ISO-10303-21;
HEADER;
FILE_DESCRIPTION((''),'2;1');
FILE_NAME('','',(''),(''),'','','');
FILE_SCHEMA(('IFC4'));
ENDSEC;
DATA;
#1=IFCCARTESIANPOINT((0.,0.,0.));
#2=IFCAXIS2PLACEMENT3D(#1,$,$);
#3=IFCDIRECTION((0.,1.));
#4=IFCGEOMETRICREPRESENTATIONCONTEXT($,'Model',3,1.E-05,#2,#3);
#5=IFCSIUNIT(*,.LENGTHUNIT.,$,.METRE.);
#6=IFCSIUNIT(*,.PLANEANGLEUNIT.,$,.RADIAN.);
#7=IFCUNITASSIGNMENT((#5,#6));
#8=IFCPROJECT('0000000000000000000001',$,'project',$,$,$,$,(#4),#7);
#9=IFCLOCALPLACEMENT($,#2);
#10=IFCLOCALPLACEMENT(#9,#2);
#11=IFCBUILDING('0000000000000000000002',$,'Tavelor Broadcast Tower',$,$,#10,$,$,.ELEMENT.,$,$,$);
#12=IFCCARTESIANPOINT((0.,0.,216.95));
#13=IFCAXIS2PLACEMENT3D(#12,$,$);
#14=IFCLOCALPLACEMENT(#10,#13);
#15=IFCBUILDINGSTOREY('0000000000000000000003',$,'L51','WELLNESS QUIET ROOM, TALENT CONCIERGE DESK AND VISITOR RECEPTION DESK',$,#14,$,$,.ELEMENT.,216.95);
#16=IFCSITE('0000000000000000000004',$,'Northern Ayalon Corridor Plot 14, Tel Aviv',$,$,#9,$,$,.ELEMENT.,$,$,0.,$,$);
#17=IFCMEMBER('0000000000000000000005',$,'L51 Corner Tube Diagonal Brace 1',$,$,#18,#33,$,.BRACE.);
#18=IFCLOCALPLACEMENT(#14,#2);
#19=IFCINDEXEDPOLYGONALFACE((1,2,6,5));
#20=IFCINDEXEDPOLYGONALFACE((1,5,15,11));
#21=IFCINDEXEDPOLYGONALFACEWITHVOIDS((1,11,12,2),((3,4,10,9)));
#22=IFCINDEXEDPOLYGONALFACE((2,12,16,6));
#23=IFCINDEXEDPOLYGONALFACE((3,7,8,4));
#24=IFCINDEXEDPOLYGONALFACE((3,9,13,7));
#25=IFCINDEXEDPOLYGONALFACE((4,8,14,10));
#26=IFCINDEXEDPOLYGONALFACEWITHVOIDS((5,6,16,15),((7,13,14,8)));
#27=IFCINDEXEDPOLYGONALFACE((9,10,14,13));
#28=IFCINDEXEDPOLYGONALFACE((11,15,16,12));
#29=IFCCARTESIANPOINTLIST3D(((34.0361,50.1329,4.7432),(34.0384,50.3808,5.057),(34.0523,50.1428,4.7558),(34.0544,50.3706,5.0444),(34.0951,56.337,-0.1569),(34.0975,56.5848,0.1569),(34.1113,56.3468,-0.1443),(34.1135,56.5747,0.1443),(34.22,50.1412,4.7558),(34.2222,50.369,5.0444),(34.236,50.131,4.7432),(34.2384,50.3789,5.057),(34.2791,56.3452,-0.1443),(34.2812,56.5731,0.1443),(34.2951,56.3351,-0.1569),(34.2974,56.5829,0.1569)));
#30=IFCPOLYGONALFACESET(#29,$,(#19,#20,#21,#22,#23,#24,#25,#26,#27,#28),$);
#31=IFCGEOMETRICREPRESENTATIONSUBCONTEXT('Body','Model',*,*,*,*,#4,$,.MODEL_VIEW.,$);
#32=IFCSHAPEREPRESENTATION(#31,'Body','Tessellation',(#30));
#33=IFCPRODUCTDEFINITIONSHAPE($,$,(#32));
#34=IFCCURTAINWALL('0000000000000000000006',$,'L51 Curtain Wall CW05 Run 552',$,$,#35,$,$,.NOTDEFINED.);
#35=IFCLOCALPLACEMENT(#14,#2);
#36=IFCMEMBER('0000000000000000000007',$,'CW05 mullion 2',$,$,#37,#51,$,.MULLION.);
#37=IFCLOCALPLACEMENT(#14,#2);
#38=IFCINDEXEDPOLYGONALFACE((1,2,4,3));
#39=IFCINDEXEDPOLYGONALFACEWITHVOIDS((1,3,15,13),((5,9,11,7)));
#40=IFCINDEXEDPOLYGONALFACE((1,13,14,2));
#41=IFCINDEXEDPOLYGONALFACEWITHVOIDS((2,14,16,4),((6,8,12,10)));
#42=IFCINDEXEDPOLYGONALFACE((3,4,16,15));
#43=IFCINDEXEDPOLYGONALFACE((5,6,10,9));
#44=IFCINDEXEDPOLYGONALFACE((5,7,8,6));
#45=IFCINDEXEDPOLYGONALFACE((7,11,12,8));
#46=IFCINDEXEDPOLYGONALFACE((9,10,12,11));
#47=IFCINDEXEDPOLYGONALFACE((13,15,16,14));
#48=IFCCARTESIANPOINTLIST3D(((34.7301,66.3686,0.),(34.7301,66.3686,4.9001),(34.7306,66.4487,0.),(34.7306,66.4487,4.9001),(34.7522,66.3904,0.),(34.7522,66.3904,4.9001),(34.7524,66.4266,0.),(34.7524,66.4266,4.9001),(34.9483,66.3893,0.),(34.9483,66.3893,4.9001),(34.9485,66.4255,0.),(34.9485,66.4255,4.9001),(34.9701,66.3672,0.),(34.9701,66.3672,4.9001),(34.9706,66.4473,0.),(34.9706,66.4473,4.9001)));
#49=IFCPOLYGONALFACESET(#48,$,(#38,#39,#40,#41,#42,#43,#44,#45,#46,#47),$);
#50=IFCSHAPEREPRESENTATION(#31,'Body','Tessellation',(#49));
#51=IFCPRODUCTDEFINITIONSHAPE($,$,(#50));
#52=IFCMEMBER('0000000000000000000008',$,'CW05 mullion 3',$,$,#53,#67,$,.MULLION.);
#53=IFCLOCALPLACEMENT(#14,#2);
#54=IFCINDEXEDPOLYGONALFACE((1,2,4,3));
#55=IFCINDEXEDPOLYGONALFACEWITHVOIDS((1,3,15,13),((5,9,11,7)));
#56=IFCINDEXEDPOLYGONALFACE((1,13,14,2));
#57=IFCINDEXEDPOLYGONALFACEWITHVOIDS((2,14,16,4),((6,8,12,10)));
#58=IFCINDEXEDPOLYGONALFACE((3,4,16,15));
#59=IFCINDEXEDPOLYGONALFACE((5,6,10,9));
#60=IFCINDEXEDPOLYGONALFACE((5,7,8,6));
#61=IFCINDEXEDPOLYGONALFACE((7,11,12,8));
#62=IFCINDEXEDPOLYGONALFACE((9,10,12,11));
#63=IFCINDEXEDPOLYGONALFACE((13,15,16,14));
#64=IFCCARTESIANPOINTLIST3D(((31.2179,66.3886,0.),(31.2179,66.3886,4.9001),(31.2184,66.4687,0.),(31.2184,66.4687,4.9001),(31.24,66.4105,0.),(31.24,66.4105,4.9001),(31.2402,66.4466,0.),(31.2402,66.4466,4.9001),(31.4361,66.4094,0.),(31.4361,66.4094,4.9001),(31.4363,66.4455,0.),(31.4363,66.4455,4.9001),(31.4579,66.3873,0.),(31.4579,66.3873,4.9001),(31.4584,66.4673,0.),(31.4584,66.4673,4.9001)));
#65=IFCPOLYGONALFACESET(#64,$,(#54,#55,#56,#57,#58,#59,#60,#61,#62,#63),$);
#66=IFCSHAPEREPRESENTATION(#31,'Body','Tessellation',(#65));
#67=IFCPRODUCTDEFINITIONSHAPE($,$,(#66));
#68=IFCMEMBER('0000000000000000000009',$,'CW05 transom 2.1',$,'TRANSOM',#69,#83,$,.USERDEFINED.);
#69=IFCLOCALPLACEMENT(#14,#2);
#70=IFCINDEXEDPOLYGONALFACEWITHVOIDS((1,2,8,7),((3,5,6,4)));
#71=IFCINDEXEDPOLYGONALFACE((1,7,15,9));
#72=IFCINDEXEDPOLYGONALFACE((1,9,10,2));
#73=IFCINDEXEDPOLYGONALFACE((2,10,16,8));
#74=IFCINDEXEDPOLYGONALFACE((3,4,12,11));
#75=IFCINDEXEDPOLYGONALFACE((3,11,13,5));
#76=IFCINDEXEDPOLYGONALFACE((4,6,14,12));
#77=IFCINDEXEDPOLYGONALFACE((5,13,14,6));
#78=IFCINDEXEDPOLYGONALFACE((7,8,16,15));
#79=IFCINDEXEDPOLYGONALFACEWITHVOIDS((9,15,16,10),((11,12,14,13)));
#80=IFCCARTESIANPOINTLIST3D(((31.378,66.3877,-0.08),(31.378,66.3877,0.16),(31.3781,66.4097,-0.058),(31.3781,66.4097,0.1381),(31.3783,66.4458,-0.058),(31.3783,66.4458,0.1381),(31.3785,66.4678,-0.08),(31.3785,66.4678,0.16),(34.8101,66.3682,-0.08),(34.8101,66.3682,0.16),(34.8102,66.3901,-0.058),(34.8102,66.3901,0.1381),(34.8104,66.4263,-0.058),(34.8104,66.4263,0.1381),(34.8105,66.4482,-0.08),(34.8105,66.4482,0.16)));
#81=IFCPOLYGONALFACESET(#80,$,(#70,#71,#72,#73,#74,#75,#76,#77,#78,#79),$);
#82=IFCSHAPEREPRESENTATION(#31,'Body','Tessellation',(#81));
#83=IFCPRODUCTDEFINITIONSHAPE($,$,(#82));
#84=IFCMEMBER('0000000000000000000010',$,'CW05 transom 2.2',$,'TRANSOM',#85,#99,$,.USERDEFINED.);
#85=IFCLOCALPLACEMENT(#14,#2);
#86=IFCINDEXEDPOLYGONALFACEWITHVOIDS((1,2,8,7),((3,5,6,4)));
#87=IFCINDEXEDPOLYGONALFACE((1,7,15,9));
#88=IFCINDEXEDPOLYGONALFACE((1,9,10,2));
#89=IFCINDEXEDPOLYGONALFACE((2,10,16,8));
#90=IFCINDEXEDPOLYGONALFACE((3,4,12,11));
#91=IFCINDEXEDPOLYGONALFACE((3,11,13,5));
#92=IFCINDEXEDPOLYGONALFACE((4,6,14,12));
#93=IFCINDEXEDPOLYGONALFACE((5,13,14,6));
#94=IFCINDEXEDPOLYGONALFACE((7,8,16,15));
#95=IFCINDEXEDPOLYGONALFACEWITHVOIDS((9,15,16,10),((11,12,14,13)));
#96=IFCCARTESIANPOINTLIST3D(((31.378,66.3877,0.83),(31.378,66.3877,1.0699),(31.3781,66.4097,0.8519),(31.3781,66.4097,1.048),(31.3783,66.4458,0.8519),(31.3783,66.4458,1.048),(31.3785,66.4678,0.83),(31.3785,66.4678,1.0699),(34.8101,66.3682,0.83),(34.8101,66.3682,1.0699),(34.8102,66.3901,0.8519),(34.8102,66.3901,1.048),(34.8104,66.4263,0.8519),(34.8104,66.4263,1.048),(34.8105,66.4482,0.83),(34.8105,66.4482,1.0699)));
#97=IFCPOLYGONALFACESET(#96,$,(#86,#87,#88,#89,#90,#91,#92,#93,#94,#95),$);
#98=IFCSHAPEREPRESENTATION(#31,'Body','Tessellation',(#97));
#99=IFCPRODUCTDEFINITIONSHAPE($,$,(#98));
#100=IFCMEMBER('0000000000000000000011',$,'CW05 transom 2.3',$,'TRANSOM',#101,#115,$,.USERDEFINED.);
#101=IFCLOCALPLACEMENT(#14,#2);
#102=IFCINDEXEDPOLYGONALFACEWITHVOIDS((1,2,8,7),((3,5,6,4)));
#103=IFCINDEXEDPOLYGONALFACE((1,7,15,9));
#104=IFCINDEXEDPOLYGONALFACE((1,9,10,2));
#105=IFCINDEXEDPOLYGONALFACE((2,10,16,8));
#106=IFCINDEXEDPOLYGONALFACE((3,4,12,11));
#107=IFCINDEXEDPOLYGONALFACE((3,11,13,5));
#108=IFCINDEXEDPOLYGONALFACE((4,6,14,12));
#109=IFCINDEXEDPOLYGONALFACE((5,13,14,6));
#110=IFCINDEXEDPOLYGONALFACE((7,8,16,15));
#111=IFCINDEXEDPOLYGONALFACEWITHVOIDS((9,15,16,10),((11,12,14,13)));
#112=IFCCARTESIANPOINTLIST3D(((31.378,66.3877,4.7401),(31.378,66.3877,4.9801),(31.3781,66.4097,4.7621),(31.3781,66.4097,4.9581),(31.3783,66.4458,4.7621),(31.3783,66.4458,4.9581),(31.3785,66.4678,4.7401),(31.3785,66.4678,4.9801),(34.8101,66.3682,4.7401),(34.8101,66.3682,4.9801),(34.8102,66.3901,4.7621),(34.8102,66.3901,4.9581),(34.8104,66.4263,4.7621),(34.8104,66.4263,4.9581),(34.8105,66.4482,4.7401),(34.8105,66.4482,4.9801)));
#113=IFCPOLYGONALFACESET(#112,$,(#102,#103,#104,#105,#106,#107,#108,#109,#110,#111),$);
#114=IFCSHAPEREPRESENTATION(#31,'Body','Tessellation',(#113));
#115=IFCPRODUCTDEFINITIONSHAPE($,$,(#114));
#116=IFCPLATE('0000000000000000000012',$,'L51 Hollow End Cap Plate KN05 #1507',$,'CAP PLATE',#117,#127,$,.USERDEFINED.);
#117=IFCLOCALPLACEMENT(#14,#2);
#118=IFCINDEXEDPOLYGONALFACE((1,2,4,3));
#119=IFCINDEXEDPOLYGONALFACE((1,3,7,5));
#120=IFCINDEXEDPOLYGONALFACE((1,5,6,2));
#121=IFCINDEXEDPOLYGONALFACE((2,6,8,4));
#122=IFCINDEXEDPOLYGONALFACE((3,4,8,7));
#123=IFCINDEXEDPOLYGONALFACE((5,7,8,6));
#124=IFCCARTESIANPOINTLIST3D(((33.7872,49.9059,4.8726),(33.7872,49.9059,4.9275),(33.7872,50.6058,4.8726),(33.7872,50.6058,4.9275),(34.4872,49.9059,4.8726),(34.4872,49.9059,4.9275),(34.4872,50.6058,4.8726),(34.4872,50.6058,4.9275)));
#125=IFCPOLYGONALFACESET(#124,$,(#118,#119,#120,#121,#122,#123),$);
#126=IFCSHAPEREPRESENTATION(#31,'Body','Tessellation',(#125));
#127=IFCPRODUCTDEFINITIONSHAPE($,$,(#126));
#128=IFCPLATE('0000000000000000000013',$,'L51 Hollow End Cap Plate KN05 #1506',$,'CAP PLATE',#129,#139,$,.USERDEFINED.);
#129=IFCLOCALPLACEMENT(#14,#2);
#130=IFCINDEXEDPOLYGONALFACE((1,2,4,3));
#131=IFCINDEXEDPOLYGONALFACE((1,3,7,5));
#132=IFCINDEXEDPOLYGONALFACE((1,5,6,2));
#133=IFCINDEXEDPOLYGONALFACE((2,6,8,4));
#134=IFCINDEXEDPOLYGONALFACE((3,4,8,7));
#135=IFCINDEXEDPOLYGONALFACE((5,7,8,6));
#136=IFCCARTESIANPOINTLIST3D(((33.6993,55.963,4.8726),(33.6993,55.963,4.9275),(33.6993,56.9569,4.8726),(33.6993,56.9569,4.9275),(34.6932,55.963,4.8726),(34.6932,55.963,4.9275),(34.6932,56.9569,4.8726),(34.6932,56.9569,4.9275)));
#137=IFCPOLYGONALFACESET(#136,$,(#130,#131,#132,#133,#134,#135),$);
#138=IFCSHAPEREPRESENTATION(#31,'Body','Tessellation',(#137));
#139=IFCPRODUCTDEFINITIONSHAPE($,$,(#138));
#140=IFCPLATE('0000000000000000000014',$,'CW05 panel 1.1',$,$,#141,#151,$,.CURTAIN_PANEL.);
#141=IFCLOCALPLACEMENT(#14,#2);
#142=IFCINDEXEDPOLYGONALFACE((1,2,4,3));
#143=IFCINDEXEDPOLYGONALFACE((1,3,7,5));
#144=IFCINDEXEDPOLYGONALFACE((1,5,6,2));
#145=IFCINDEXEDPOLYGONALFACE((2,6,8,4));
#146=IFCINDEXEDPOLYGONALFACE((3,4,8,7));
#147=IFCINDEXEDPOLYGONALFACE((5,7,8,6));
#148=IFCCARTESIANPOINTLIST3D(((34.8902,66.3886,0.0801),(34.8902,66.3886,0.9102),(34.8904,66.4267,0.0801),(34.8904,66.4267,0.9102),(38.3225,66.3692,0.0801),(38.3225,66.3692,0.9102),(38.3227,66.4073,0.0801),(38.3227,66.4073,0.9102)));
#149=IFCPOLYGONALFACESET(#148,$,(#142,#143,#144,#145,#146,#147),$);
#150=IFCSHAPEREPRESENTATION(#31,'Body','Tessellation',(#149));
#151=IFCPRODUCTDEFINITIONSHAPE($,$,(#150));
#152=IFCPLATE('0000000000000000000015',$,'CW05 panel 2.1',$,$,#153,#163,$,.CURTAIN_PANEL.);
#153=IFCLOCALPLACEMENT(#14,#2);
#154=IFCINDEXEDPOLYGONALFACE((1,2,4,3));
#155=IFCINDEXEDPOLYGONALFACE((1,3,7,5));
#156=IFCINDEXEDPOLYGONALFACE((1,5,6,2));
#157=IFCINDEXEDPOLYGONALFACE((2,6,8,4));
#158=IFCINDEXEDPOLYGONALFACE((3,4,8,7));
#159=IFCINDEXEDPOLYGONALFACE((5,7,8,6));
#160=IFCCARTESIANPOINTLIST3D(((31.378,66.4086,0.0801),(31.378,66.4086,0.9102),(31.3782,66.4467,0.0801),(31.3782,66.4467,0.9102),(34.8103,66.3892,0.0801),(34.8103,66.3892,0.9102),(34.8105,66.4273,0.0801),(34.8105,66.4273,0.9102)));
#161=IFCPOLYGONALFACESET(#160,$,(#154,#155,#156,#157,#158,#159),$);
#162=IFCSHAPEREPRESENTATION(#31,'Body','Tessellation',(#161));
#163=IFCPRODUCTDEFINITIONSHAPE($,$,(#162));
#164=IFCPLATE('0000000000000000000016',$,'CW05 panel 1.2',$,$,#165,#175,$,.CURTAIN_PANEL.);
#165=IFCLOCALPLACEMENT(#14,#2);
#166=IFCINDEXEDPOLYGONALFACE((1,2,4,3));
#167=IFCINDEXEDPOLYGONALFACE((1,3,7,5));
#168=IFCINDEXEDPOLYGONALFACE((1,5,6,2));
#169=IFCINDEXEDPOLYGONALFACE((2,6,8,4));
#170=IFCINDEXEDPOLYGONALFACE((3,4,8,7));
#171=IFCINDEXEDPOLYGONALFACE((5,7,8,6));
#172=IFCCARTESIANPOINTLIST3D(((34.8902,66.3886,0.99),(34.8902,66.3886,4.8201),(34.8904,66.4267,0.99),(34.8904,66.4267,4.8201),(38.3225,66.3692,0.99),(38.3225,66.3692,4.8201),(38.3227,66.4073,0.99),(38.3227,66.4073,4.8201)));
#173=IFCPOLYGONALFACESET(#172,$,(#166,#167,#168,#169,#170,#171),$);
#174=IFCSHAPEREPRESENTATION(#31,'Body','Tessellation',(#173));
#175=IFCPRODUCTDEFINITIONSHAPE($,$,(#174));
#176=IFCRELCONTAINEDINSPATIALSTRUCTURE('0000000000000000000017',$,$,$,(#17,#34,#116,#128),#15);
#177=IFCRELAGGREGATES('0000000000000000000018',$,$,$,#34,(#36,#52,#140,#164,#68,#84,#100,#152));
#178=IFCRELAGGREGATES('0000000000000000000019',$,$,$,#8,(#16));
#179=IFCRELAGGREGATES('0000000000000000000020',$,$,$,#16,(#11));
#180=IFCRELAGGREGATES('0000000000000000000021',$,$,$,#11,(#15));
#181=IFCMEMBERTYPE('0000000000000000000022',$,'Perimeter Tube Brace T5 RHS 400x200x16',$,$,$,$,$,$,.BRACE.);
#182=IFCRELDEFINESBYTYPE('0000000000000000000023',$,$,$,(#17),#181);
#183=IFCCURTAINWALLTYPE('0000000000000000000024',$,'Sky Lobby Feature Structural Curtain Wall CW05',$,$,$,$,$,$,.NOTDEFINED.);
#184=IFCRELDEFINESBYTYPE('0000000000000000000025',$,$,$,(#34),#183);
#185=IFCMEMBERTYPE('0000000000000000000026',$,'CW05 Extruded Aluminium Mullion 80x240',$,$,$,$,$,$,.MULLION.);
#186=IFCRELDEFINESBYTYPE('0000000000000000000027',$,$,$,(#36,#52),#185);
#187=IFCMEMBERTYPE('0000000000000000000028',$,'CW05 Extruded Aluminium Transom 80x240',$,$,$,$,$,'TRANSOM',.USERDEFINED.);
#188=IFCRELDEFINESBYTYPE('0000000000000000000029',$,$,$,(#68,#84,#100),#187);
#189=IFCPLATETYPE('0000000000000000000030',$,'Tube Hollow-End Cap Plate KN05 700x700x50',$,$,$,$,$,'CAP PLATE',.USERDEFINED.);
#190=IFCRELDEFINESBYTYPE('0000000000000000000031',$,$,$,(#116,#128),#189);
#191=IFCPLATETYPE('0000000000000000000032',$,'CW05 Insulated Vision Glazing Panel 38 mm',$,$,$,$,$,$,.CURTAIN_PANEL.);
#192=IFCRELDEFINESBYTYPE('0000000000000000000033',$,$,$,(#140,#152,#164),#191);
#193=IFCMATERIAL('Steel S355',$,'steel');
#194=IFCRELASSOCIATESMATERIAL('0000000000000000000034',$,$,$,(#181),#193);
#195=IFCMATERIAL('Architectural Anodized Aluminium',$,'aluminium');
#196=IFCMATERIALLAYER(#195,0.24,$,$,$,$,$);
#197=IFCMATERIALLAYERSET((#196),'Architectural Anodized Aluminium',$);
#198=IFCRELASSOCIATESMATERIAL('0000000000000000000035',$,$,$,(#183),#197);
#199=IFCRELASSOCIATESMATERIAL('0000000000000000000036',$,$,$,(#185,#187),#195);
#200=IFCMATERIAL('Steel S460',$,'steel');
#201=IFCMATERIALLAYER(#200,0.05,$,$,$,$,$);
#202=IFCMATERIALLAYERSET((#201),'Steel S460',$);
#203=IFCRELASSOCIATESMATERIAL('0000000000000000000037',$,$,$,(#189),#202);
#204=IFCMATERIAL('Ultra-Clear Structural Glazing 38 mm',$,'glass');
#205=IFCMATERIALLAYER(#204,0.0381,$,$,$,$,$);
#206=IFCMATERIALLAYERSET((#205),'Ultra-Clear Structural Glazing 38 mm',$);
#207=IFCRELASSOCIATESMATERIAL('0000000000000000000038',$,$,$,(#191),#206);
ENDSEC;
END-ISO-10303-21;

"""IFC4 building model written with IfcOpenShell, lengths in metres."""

from ifc_helpers import new_model, si_unit, direction, frame, origin, origin_2d, place, context, subcontext, project, spatial, rectangle, hollow_rectangle, extrude, source, transform, mapped, material, layer, layer_set, material_profile, profile_set, type_object, type_shapes, element, aggregate, save


model = new_model("IFC4")

# Units and contexts
model_context = context("Model", 3, precision=1e-05, world=origin(), true_north=direction((0.0, 1.0)))
body_context = subcontext(model_context, "Body", "Model", "MODEL_VIEW")
ifc_project = project(units=[si_unit("LENGTHUNIT", "METRE"), si_unit("PLANEANGLEUNIT", "RADIAN")], contexts=[model_context])

# Site, building, storey
site_placement = place(None, origin())
site = spatial("IfcSite", under=ifc_project, at=site_placement, Name="Northern Ayalon Corridor Plot 14, Tel Aviv", CompositionType="ELEMENT", RefElevation=0.0)
building_placement = place(site_placement, origin())
building = spatial("IfcBuilding", under=site, at=building_placement, Name="Tavelor Broadcast Tower", CompositionType="ELEMENT")
storey_placement = place(building_placement, frame((0.0, 0.0, 216.95)))
storey = spatial("IfcBuildingStorey", under=building, at=storey_placement, Name="L51", Description="WELLNESS QUIET ROOM, TALENT CONCIERGE DESK AND VISITOR RECEPTION DESK", CompositionType="ELEMENT", Elevation=216.95)

# Shared definitions
ifc_material_1 = material(Name="Steel S460", Category="steel")

# Shared definitions
ifc_material_2 = material(Name="Steel S355", Category="steel")

# Member
ifc_material_profile_1 = material_profile(ifc_material_2, hollow_rectangle(XDim=0.2, YDim=0.3999, WallThickness=0.0161, at=origin_2d()), Name="RHS 400x200x16")
ifc_profile_set_1 = profile_set([ifc_material_profile_1], Name="Steel S355")
member_type_1 = type_object("IfcMemberType", Name="Perimeter Tube Brace T5 RHS 400x200x16", PredefinedType="BRACE", material=ifc_profile_set_1)
member_1_placement = place(storey_placement, frame((34.1963, 56.46, 0.0), z_axis=(-0.007473, -0.784727, 0.619796), x_axis=(0.999955, -0.009523, 0.0)))
element("IfcMember", 1, at=member_1_placement, inside=storey, type_object=member_type_1, Name="L51 Corner Tube Diagonal Brace 1", PredefinedType="BRACE", context=body_context, shape_type="SweptSolid", body=[
    extrude(hollow_rectangle(XDim=0.2, YDim=0.3999, WallThickness=0.0161, at=origin_2d()), origin(), (0.0, 0.0, 1.0), 7.906),
])

# Curtain wall, members
ifc_material_3 = material(Name="Architectural Anodized Aluminium", Category="aluminium")
ifc_layer_1 = layer(ifc_material_3, 0.24)
ifc_layer_set_1 = layer_set([ifc_layer_1], Name="Architectural Anodized Aluminium")
curtain_wall_type = type_object("IfcCurtainWallType", Name="Sky Lobby Feature Structural Curtain Wall CW05", PredefinedType="NOTDEFINED", material=ifc_layer_set_1)
curtain_wall_placement = place(storey_placement, origin())
curtain_wall = element("IfcCurtainWall", 2, at=curtain_wall_placement, inside=storey, type_object=curtain_wall_type, Name="L51 Curtain Wall CW05 Run 552", PredefinedType="NOTDEFINED")
ifc_material_profile_2 = material_profile(ifc_material_3, hollow_rectangle(XDim=0.0801, YDim=0.24, WallThickness=0.022, at=origin_2d()), Name="RHS 80x240x22")
ifc_profile_set_2 = profile_set([ifc_material_profile_2], Name="Architectural Anodized Aluminium")
member_type_2 = type_object("IfcMemberType", Name="CW05 Extruded Aluminium Mullion 80x240", PredefinedType="MULLION", material=ifc_profile_set_2)
shared_shape_1 = source(origin(), body_context, "Body", "SweptSolid", [
    extrude(hollow_rectangle(XDim=0.0801, YDim=0.24, WallThickness=0.022, at=origin_2d()), origin(), (0.0, 0.0, 1.0), 4.9001),
])
type_shapes(member_type_2, [shared_shape_1])
member_2_placement = place(storey_placement, frame((34.8503, 66.408, 0.0), z_axis=(0.0, 0.0, 1.0), x_axis=(-0.005658, -0.999984, 0.0)))
member_2 = element("IfcMember", 3, at=member_2_placement, type_object=member_type_2, Name="CW05 mullion 2", PredefinedType="MULLION", context=body_context, shape_type="MappedRepresentation", body=[
    mapped(shared_shape_1, transform((0.0, 0.0, 0.0), scale=1.0)),
])
member_3_placement = place(storey_placement, frame((31.3381, 66.428, 0.0), z_axis=(0.0, 0.0, 1.0), x_axis=(-0.005658, -0.999984, 0.0)))
member_3 = element("IfcMember", 4, at=member_3_placement, type_object=member_type_2, Name="CW05 mullion 3", PredefinedType="MULLION", context=body_context, shape_type="MappedRepresentation", body=[
    mapped(shared_shape_1, transform((0.0, 0.0, 0.0), scale=1.0)),
])
ifc_material_profile_3 = material_profile(ifc_material_3, hollow_rectangle(XDim=0.0801, YDim=0.24, WallThickness=0.022, at=origin_2d()), Name="RHS 80x240x22")
ifc_profile_set_3 = profile_set([ifc_material_profile_3], Name="Architectural Anodized Aluminium")
member_type_3 = type_object("IfcMemberType", Name="CW05 Extruded Aluminium Transom 80x240", ElementType="TRANSOM", PredefinedType="USERDEFINED", material=ifc_profile_set_3)
shared_shape_2 = source(origin(), body_context, "Body", "SweptSolid", [
    extrude(hollow_rectangle(XDim=0.0801, YDim=0.24, WallThickness=0.022, at=origin_2d()), origin(), (0.0, 0.0, 1.0), 3.4321),
])
type_shapes(member_type_3, [shared_shape_2])
member_4_placement = place(storey_placement, frame((34.8103, 66.4082, 0.04), z_axis=(-0.999984, 0.005691, 0.0), x_axis=(-0.005691, -0.999984, 0.0)))
member_4 = element("IfcMember", 5, at=member_4_placement, type_object=member_type_3, Name="CW05 transom 2.1", ObjectType="TRANSOM", PredefinedType="USERDEFINED", context=body_context, shape_type="MappedRepresentation", body=[
    mapped(shared_shape_2, transform((0.0, 0.0, 0.0), scale=1.0)),
])
member_5_placement = place(storey_placement, frame((34.8103, 66.4082, 0.95), z_axis=(-0.999984, 0.005691, 0.0), x_axis=(-0.005691, -0.999984, 0.0)))
member_5 = element("IfcMember", 6, at=member_5_placement, type_object=member_type_3, Name="CW05 transom 2.2", ObjectType="TRANSOM", PredefinedType="USERDEFINED", context=body_context, shape_type="MappedRepresentation", body=[
    mapped(shared_shape_2, transform((0.0, 0.0, 0.0), scale=1.0)),
])
member_6_placement = place(storey_placement, frame((34.8103, 66.4082, 4.8601), z_axis=(-0.999984, 0.005691, 0.0), x_axis=(-0.005691, -0.999984, 0.0)))
member_6 = element("IfcMember", 7, at=member_6_placement, type_object=member_type_3, Name="CW05 transom 2.3", ObjectType="TRANSOM", PredefinedType="USERDEFINED", context=body_context, shape_type="MappedRepresentation", body=[
    mapped(shared_shape_2, transform((0.0, 0.0, 0.0), scale=1.0)),
])

# Plates
ifc_layer_2 = layer(ifc_material_1, 0.05)
ifc_layer_set_2 = layer_set([ifc_layer_2], Name="Steel S460")
plate_type_1 = type_object("IfcPlateType", Name="Tube Hollow-End Cap Plate KN05 700x700x50", ElementType="CAP PLATE", PredefinedType="USERDEFINED", material=ifc_layer_set_2)
shared_shape_3 = source(origin(), body_context, "Body", "SweptSolid", [
    extrude(rectangle(XDim=0.7, YDim=0.7, at=origin_2d()), origin(), (0.0, 0.0, 1.0), 0.0549),
])
plate_1_placement = place(storey_placement, frame((34.1372, 50.2559, 4.8726), z_axis=(0.0, 0.0, 1.0), x_axis=(1.0, 0.0, 0.0)))
element("IfcPlate", 8, at=plate_1_placement, inside=storey, type_object=plate_type_1, Name="L51 Hollow End Cap Plate KN05 #1507", ObjectType="CAP PLATE", PredefinedType="USERDEFINED", context=body_context, shape_type="MappedRepresentation", body=[
    mapped(shared_shape_3, transform((0.0, 0.0, 0.0), scale=1.0)),
])
shared_shape_4 = source(origin(), body_context, "Body", "SweptSolid", [
    extrude(rectangle(XDim=0.9939, YDim=0.9939, at=origin_2d()), origin(), (0.0, 0.0, 1.0), 0.0549),
])
type_shapes(plate_type_1, [shared_shape_3, shared_shape_4])
plate_2_placement = place(storey_placement, frame((34.1963, 56.46, 4.8726), z_axis=(0.0, 0.0, 1.0), x_axis=(1.0, 0.0, 0.0)))
element("IfcPlate", 9, at=plate_2_placement, inside=storey, type_object=plate_type_1, Name="L51 Hollow End Cap Plate KN05 #1506", ObjectType="CAP PLATE", PredefinedType="USERDEFINED", context=body_context, shape_type="MappedRepresentation", body=[
    mapped(shared_shape_4, transform((0.0, 0.0, 0.0), scale=1.0)),
])

# Plates
ifc_material_4 = material(Name="Ultra-Clear Structural Glazing 38 mm", Category="glass")
ifc_layer_3 = layer(ifc_material_4, 0.0381)
ifc_layer_set_3 = layer_set([ifc_layer_3], Name="Ultra-Clear Structural Glazing 38 mm")
plate_type_2 = type_object("IfcPlateType", Name="CW05 Insulated Vision Glazing Panel 38 mm", PredefinedType="CURTAIN_PANEL", material=ifc_layer_set_3)
shared_shape_5 = source(origin(), body_context, "Body", "SweptSolid", [
    extrude(rectangle(XDim=3.4324, YDim=0.0381, at=origin_2d()), origin(), (0.0, 0.0, 1.0), 0.8301),
])
plate_3_placement = place(storey_placement, frame((36.6064, 66.3979, 0.0801), z_axis=(0.0, 0.0, 1.0), x_axis=(-0.999984, 0.005658, 0.0)))
plate_3 = element("IfcPlate", 10, at=plate_3_placement, type_object=plate_type_2, Name="CW05 panel 1.1", PredefinedType="CURTAIN_PANEL", context=body_context, shape_type="MappedRepresentation", body=[
    mapped(shared_shape_5, transform((0.0, 0.0, 0.0), scale=1.0)),
])
plate_4_placement = place(storey_placement, frame((33.0942, 66.418, 0.0801), z_axis=(0.0, 0.0, 1.0), x_axis=(-0.999984, 0.005658, 0.0)))
plate_4 = element("IfcPlate", 11, at=plate_4_placement, type_object=plate_type_2, Name="CW05 panel 2.1", PredefinedType="CURTAIN_PANEL", context=body_context, shape_type="MappedRepresentation", body=[
    mapped(shared_shape_5, transform((0.0, 0.0, 0.0), scale=1.0)),
])
shared_shape_6 = source(origin(), body_context, "Body", "SweptSolid", [
    extrude(rectangle(XDim=3.4324, YDim=0.0381, at=origin_2d()), origin(), (0.0, 0.0, 1.0), 3.8301),
])
type_shapes(plate_type_2, [shared_shape_5, shared_shape_6])
plate_5_placement = place(storey_placement, frame((36.6064, 66.3979, 0.99), z_axis=(0.0, 0.0, 1.0), x_axis=(-0.999984, 0.005658, 0.0)))
plate_5 = element("IfcPlate", 12, at=plate_5_placement, type_object=plate_type_2, Name="CW05 panel 1.2", PredefinedType="CURTAIN_PANEL", context=body_context, shape_type="MappedRepresentation", body=[
    mapped(shared_shape_6, transform((0.0, 0.0, 0.0), scale=1.0)),
])
aggregate(curtain_wall, [member_2, member_3, plate_3, plate_5, member_4, member_5, member_6, plate_4])

save(model, "model.ifc")
